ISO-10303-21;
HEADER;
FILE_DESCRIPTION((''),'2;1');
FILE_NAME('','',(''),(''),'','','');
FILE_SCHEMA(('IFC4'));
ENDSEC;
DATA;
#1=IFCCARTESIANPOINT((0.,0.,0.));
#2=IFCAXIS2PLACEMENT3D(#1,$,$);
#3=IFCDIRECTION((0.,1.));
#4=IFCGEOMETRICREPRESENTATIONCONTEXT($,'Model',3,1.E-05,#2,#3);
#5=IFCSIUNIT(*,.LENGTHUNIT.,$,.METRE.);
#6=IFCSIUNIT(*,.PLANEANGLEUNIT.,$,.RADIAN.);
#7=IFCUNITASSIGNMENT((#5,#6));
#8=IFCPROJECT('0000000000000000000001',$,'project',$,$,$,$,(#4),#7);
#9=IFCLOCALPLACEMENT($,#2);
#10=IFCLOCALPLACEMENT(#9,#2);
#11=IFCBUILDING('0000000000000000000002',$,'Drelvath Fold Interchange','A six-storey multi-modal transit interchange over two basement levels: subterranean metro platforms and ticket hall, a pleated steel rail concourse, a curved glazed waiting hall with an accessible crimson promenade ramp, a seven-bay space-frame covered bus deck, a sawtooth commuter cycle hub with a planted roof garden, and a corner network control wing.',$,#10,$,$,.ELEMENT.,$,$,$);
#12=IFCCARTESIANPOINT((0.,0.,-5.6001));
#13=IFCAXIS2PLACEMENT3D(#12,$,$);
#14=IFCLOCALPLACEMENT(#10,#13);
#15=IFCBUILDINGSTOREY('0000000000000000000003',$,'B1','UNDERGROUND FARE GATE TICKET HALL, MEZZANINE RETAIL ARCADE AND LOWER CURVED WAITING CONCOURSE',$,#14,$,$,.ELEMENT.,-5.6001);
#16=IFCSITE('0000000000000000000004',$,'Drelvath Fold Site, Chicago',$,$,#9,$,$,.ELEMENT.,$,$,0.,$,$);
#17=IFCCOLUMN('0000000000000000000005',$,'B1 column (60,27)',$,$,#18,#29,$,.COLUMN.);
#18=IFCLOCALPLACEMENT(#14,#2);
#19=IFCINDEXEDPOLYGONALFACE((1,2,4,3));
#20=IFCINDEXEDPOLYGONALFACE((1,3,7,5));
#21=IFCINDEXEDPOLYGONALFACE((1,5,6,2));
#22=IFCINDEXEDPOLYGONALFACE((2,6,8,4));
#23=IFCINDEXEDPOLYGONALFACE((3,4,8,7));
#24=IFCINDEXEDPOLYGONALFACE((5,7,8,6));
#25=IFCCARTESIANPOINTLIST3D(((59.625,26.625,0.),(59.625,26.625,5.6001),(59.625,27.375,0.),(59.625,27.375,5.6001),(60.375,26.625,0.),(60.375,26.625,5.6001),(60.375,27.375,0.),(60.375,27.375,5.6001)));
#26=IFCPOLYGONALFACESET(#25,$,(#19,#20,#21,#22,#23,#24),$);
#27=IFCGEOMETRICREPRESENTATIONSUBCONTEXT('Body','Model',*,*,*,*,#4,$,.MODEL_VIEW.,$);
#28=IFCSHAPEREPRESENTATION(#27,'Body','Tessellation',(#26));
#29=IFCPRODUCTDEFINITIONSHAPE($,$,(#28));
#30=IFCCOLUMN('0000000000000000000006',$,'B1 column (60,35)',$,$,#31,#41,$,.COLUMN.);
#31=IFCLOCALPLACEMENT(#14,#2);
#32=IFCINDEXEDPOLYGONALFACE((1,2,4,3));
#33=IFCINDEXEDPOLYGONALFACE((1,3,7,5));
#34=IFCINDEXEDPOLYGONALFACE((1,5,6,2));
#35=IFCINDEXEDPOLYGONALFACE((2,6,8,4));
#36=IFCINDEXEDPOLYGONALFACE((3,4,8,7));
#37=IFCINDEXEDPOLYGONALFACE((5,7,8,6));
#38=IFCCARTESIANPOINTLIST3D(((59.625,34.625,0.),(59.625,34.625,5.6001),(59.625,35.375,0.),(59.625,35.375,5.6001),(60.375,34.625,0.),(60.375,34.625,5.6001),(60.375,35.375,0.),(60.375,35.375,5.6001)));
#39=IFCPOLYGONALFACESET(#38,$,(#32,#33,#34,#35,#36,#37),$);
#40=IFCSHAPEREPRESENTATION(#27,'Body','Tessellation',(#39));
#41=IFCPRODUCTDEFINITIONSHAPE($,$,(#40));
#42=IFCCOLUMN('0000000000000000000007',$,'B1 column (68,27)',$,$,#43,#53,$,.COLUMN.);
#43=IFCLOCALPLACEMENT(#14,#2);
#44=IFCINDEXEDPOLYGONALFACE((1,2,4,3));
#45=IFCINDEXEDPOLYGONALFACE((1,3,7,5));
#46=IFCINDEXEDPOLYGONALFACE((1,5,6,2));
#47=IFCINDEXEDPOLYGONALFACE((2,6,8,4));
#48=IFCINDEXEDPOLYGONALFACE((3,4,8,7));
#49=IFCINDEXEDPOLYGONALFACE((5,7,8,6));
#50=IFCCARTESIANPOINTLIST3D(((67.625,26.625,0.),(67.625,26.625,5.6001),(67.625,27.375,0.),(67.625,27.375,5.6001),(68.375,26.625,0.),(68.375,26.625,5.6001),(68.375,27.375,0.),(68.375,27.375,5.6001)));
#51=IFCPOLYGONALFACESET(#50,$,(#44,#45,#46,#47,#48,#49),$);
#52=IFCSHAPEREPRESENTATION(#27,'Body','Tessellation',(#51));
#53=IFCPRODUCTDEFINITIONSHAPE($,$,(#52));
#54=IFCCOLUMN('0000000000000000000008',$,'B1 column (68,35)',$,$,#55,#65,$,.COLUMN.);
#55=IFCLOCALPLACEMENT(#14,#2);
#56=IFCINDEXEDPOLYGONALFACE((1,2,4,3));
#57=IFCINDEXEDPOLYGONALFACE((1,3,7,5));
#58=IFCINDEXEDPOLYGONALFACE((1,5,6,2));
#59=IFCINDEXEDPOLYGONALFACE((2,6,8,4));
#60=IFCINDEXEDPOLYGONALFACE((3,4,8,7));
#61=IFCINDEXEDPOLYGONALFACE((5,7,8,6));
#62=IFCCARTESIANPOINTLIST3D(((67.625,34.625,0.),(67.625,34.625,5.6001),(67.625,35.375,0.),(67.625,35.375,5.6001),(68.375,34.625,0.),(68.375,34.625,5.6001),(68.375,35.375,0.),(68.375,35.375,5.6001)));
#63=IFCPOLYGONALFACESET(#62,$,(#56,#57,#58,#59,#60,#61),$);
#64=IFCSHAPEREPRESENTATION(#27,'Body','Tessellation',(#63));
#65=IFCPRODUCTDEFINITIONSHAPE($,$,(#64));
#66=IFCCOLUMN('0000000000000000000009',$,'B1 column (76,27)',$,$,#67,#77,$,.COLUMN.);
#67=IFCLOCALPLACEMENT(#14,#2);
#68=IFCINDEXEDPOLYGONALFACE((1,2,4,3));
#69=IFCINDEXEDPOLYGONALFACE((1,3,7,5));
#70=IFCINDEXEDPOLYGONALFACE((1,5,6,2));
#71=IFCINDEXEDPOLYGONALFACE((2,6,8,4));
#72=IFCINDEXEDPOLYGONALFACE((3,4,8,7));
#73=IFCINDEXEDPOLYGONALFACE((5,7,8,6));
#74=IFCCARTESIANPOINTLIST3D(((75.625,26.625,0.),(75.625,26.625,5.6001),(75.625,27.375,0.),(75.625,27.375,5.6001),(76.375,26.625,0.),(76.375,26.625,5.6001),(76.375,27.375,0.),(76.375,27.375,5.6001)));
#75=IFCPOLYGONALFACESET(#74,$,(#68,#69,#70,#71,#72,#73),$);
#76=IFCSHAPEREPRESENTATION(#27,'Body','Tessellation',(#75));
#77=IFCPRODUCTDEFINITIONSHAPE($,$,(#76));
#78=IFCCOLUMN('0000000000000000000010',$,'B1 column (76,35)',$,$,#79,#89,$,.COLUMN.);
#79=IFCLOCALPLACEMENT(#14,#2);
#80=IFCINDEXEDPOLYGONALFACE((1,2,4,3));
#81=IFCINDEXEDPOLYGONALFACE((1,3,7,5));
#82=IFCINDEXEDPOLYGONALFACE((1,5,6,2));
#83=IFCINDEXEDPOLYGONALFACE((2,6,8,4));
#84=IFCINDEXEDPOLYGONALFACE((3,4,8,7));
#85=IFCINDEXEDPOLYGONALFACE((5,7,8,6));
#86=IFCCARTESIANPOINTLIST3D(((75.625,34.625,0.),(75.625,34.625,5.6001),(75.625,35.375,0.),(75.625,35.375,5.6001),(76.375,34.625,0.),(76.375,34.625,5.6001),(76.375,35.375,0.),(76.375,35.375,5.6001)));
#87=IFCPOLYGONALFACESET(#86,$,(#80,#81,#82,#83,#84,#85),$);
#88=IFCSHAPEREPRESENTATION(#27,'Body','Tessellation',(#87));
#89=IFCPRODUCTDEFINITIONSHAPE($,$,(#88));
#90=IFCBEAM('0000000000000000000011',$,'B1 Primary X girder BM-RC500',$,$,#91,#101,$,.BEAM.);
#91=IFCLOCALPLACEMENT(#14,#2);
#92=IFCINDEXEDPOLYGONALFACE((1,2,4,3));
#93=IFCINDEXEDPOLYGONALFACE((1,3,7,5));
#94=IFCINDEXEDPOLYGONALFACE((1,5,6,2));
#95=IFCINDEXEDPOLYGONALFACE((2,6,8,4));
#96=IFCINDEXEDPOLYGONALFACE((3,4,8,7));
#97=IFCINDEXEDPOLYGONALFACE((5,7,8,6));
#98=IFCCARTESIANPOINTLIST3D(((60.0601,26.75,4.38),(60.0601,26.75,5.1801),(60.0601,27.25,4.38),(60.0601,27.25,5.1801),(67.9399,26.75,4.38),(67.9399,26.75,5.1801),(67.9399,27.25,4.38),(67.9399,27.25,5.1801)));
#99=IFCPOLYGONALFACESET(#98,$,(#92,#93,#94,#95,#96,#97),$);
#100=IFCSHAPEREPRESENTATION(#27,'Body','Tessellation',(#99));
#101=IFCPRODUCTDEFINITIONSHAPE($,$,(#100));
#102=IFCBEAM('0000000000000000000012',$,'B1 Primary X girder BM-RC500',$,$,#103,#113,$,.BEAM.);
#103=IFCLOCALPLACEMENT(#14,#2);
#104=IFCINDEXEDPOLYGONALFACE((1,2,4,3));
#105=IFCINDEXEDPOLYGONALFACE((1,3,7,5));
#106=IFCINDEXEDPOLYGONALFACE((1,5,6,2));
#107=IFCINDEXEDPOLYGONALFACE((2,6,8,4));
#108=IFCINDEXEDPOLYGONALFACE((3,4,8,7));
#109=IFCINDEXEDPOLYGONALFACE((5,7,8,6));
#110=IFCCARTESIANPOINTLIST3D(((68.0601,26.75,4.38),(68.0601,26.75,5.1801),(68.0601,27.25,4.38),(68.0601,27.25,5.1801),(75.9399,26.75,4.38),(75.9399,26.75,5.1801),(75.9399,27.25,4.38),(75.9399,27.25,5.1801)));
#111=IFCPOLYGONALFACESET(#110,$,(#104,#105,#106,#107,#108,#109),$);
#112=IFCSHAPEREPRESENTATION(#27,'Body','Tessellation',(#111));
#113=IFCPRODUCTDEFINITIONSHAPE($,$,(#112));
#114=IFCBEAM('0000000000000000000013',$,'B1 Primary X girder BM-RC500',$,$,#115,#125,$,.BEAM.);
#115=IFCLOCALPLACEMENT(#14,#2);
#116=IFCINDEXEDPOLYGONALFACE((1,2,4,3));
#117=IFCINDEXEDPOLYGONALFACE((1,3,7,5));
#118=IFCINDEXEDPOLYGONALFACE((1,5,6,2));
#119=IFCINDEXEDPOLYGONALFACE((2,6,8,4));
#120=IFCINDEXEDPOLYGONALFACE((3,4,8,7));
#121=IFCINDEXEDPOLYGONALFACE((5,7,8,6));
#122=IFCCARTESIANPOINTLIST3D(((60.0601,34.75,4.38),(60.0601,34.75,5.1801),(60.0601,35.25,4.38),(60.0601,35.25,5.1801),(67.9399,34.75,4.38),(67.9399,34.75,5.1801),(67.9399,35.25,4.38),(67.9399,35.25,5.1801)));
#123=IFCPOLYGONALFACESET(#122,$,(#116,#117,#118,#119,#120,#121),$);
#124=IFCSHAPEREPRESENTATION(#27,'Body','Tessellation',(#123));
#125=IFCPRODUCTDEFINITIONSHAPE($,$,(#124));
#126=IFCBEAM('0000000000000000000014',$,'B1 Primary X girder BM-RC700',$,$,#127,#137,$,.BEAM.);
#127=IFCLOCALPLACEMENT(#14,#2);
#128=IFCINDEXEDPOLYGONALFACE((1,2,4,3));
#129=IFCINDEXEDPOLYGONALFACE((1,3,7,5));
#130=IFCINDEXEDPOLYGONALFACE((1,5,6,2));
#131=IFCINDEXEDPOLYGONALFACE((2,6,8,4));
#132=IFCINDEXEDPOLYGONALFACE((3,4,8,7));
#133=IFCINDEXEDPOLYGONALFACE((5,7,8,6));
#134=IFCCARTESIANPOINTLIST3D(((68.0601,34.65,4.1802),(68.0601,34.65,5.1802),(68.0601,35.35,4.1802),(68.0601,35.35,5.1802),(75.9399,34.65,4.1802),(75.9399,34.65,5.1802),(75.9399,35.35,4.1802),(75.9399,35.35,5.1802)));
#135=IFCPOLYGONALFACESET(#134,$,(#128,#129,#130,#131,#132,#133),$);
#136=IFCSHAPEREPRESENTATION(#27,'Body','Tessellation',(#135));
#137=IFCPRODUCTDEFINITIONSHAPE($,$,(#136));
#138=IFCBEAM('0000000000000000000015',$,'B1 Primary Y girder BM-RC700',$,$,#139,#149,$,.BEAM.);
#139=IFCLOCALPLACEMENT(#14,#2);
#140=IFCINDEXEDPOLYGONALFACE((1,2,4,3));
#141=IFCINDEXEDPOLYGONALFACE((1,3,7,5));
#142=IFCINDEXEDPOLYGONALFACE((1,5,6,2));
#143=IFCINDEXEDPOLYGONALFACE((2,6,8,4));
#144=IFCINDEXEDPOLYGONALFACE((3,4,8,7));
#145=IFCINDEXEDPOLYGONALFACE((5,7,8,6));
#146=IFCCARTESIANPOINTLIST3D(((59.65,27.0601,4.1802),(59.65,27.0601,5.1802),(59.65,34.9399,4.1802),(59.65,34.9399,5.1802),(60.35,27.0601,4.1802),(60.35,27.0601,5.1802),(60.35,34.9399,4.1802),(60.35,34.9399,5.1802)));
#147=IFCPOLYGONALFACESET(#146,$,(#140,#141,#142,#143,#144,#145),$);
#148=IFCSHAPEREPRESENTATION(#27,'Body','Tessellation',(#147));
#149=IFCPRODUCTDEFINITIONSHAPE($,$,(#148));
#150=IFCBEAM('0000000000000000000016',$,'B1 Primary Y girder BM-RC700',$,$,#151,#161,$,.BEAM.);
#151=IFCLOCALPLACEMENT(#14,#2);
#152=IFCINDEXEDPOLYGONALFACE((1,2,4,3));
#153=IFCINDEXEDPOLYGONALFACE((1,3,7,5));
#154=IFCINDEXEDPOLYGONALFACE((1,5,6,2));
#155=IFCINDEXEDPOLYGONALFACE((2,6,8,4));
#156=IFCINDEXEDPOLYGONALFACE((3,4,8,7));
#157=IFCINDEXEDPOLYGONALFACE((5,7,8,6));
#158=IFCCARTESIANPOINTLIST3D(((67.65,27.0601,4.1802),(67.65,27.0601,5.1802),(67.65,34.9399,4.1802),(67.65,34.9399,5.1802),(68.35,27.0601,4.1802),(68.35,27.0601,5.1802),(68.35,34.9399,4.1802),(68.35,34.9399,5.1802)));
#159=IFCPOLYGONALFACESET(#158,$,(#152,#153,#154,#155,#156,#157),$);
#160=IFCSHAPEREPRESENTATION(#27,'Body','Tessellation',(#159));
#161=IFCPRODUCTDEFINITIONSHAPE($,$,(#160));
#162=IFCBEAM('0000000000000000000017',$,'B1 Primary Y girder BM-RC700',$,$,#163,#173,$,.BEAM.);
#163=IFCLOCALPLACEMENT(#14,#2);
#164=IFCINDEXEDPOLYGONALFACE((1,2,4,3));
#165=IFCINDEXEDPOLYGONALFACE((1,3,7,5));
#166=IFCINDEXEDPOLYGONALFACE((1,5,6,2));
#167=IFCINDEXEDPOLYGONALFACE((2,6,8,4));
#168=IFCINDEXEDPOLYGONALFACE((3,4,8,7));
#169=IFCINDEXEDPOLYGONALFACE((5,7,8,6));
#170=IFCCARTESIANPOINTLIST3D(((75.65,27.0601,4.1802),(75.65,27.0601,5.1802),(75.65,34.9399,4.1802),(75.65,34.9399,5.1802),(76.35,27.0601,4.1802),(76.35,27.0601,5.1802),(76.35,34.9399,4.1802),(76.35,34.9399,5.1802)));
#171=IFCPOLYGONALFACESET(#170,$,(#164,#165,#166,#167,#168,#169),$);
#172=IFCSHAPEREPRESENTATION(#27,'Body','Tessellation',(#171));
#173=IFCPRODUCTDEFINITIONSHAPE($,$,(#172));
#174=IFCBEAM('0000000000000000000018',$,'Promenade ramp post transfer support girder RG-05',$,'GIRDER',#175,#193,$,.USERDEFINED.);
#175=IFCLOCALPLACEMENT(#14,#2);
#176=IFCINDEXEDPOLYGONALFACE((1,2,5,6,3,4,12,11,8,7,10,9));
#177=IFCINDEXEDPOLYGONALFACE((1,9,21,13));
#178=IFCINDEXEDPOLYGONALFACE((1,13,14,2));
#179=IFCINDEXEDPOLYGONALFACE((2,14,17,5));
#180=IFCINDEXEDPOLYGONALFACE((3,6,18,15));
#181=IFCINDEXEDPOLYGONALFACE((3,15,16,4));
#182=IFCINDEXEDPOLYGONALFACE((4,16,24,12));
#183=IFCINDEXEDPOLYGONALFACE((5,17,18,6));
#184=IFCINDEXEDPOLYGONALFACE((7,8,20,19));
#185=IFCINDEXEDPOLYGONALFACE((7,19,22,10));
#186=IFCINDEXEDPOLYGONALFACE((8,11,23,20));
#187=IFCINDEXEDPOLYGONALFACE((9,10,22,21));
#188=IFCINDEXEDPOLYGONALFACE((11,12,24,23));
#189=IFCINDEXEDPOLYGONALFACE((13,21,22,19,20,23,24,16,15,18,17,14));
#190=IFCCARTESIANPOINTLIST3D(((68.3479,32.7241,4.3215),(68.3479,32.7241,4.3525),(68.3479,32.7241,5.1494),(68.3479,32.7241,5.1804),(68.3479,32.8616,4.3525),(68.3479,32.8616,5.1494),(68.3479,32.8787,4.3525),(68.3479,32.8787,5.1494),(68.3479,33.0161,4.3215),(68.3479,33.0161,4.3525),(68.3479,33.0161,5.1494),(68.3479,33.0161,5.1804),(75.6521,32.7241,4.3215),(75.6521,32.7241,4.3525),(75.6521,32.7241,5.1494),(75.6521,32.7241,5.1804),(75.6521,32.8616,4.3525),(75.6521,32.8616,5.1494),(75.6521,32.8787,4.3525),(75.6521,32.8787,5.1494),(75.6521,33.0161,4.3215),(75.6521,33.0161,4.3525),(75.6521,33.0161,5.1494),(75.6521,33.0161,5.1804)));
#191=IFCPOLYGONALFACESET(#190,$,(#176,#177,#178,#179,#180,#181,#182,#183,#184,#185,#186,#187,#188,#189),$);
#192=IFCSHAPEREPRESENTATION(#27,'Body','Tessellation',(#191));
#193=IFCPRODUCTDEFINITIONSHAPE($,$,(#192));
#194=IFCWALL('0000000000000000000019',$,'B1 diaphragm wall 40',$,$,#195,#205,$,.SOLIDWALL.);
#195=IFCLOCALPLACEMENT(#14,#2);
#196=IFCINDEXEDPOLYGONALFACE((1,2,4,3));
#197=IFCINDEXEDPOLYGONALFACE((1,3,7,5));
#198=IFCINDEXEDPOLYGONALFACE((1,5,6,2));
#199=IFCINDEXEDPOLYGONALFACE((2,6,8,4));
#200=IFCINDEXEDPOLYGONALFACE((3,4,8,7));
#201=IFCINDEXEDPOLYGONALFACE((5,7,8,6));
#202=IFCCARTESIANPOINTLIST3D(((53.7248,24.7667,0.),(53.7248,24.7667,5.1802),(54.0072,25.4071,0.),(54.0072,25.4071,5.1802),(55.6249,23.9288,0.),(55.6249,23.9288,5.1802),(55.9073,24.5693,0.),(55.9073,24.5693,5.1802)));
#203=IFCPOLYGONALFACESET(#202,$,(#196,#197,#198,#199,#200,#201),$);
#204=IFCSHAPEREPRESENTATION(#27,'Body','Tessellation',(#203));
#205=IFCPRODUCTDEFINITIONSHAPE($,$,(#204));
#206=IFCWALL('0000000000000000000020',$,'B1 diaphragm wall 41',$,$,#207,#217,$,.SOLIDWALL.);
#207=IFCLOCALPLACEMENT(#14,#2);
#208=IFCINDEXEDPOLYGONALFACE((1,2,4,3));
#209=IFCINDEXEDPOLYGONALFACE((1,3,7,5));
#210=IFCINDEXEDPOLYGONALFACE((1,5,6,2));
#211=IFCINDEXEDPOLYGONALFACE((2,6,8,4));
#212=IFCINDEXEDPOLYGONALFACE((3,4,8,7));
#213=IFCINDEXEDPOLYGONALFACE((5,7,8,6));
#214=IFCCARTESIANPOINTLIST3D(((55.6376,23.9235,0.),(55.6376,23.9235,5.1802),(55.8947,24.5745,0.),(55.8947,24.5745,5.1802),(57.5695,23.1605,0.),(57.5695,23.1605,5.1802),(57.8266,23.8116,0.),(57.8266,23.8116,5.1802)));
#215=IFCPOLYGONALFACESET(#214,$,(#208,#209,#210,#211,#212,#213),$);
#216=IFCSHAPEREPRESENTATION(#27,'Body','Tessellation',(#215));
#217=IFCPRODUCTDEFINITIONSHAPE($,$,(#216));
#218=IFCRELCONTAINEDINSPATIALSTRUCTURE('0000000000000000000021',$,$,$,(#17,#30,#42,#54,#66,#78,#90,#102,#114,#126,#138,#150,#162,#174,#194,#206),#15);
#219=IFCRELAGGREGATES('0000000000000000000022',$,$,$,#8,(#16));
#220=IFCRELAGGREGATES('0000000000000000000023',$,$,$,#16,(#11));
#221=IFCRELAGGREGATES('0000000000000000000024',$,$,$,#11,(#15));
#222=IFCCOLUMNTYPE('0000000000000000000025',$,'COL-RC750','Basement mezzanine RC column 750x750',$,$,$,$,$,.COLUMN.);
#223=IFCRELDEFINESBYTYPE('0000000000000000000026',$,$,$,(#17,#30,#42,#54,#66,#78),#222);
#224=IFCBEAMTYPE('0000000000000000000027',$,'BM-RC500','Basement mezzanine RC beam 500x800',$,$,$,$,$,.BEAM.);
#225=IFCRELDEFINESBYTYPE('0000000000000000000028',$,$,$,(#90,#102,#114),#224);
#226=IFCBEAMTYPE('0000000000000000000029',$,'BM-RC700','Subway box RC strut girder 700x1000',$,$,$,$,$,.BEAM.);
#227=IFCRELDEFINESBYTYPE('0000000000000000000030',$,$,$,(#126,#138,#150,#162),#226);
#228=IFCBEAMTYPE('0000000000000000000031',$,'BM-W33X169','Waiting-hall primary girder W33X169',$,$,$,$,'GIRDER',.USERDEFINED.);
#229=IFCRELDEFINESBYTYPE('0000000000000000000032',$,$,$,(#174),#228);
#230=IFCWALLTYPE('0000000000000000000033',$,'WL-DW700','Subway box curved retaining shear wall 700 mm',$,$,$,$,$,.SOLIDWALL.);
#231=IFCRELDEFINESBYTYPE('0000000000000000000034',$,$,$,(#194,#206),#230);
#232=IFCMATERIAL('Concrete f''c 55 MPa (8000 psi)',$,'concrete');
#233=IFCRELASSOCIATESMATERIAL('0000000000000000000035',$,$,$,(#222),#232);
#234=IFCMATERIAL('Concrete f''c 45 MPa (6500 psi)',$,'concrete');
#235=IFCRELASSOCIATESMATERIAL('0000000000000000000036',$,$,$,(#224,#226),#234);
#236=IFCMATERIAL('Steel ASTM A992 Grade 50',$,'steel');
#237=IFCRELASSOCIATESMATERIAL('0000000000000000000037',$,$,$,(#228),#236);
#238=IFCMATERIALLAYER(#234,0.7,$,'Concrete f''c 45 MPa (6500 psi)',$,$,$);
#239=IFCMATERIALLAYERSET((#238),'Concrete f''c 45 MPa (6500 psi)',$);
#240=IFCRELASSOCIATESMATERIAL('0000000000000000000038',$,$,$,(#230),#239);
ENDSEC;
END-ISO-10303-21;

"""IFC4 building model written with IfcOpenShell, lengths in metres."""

from ifc_helpers import new_model, si_unit, direction, frame, frame_2d, origin, origin_2d, place, context, subcontext, project, spatial, rectangle, i_section, extrude, material, layer, layer_set, material_profile, profile_set, type_object, element, save


model = new_model("IFC4")

# Units and contexts
model_context = context("Model", 3, precision=1e-05, world=origin(), true_north=direction((0.0, 1.0)))
body_context = subcontext(model_context, "Body", "Model", "MODEL_VIEW")
ifc_project = project(units=[si_unit("LENGTHUNIT", "METRE"), si_unit("PLANEANGLEUNIT", "RADIAN")], contexts=[model_context])

# Site, building, storey
site_placement = place(None, origin())
site = spatial("IfcSite", under=ifc_project, at=site_placement, Name="Drelvath Fold Site, Chicago", CompositionType="ELEMENT", RefElevation=0.0)
building_placement = place(site_placement, origin())
building = spatial("IfcBuilding", under=site, at=building_placement, Name="Drelvath Fold Interchange", Description="A six-storey multi-modal transit interchange over two basement levels: subterranean metro platforms and ticket hall, a pleated steel rail concourse, a curved glazed waiting hall with an accessible crimson promenade ramp, a seven-bay space-frame covered bus deck, a sawtooth commuter cycle hub with a planted roof garden, and a corner network control wing.", CompositionType="ELEMENT")
storey_placement = place(building_placement, frame((0.0, 0.0, -5.6001)))
storey = spatial("IfcBuildingStorey", under=building, at=storey_placement, Name="B1", Description="UNDERGROUND FARE GATE TICKET HALL, MEZZANINE RETAIL ARCADE AND LOWER CURVED WAITING CONCOURSE", CompositionType="ELEMENT", Elevation=-5.6001)

# Columns
ifc_material_1 = material(Name="Concrete f'c 55 MPa (8000 psi)", Category="concrete")
ifc_material_profile_1 = material_profile(ifc_material_1, rectangle(XDim=0.75, YDim=0.75, at=origin_2d()), Name="RC 750x750")
ifc_profile_set_1 = profile_set([ifc_material_profile_1], Name="Concrete f'c 55 MPa (8000 psi)")
column_type = type_object("IfcColumnType", Name="COL-RC750", Description="Basement mezzanine RC column 750x750", PredefinedType="COLUMN", material=ifc_profile_set_1)
for number, where, z_axis, x_axis, name in (
    (1, (60.0, 27.0, 0.0), (0.0, 0.0, 1.0), (1.0, 0.0, 0.0), "B1 column (60,27)"),
    (2, (60.0, 35.0, 0.0), (0.0, 0.0, 1.0), (1.0, 0.0, 0.0), "B1 column (60,35)"),
    (3, (68.0, 27.0, 0.0), (0.0, 0.0, 1.0), (1.0, 0.0, 0.0), "B1 column (68,27)"),
    (4, (68.0, 35.0, 0.0), (0.0, 0.0, 1.0), (1.0, 0.0, 0.0), "B1 column (68,35)"),
    (5, (76.0, 27.0, 0.0), (0.0, 0.0, 1.0), (1.0, 0.0, 0.0), "B1 column (76,27)"),
    (6, (76.0, 35.0, 0.0), (0.0, 0.0, 1.0), (1.0, 0.0, 0.0), "B1 column (76,35)"),
):
    element("IfcColumn", number, at=place(storey_placement, frame(where, z_axis=z_axis, x_axis=x_axis)), inside=storey, type_object=column_type, Name=name, PredefinedType="COLUMN", context=body_context, shape_type="SweptSolid", body=[
        extrude(rectangle(XDim=0.75, YDim=0.75, at=origin_2d()), origin(), (0.0, 0.0, 1.0), 5.6001),
    ])

# Beams
ifc_material_2 = material(Name="Concrete f'c 45 MPa (6500 psi)", Category="concrete")
ifc_material_profile_2 = material_profile(ifc_material_2, rectangle(XDim=0.5, YDim=0.8, at=origin_2d()), Name="RC 500x800")
ifc_profile_set_2 = profile_set([ifc_material_profile_2], Name="Concrete f'c 45 MPa (6500 psi)")
beam_type_1 = type_object("IfcBeamType", Name="BM-RC500", Description="Basement mezzanine RC beam 500x800", PredefinedType="BEAM", material=ifc_profile_set_2)
for number, where, z_axis, x_axis, name in (
    (7, (60.0601, 27.0, 4.78), (1.0, 0.0, 0.0), (0.0, 1.0, 0.0), "B1 Primary X girder BM-RC500"),
    (8, (68.0601, 27.0, 4.78), (1.0, 0.0, 0.0), (0.0, 1.0, 0.0), "B1 Primary X girder BM-RC500"),
    (9, (60.0601, 35.0, 4.78), (1.0, 0.0, 0.0), (0.0, 1.0, 0.0), "B1 Primary X girder BM-RC500"),
):
    element("IfcBeam", number, at=place(storey_placement, frame(where, z_axis=z_axis, x_axis=x_axis)), inside=storey, type_object=beam_type_1, Name=name, PredefinedType="BEAM", context=body_context, shape_type="SweptSolid", body=[
        extrude(rectangle(XDim=0.5, YDim=0.8, at=origin_2d()), origin(), (0.0, 0.0, 1.0), 7.8799),
    ])
ifc_material_profile_3 = material_profile(ifc_material_2, rectangle(XDim=0.7, YDim=1.0, at=origin_2d()), Name="RC 700x1000")
ifc_profile_set_3 = profile_set([ifc_material_profile_3], Name="Concrete f'c 45 MPa (6500 psi)")
beam_type_2 = type_object("IfcBeamType", Name="BM-RC700", Description="Subway box RC strut girder 700x1000", PredefinedType="BEAM", material=ifc_profile_set_3)
for number, where, z_axis, x_axis, name in (
    (10, (68.0601, 35.0, 4.6802), (1.0, 0.0, 0.0), (0.0, 1.0, 0.0), "B1 Primary X girder BM-RC700"),
    (11, (60.0, 27.0601, 4.6802), (0.0, 1.0, 0.0), (-1.0, 0.0, 0.0), "B1 Primary Y girder BM-RC700"),
    (12, (68.0, 27.0601, 4.6802), (0.0, 1.0, 0.0), (-1.0, 0.0, 0.0), "B1 Primary Y girder BM-RC700"),
    (13, (76.0, 27.0601, 4.6802), (0.0, 1.0, 0.0), (-1.0, 0.0, 0.0), "B1 Primary Y girder BM-RC700"),
):
    element("IfcBeam", number, at=place(storey_placement, frame(where, z_axis=z_axis, x_axis=x_axis)), inside=storey, type_object=beam_type_2, Name=name, PredefinedType="BEAM", context=body_context, shape_type="SweptSolid", body=[
        extrude(rectangle(XDim=0.7, YDim=1.0, at=origin_2d()), origin(), (0.0, 0.0, 1.0), 7.8799),
    ])
ifc_material_3 = material(Name="Steel ASTM A992 Grade 50", Category="steel")
ifc_material_profile_4 = material_profile(ifc_material_3, i_section(OverallWidth=0.292, OverallDepth=0.8589, WebThickness=0.0171, FlangeThickness=0.031, at=origin_2d()), Name="W33X169")
ifc_profile_set_4 = profile_set([ifc_material_profile_4], Name="Steel ASTM A992 Grade 50")
beam_type_3 = type_object("IfcBeamType", Name="BM-W33X169", Description="Waiting-hall primary girder W33X169", ElementType="GIRDER", PredefinedType="USERDEFINED", material=ifc_profile_set_4)
beam_placement = place(storey_placement, frame((68.3479, 32.8701, 4.751), z_axis=(1.0, 0.0, 0.0), x_axis=(0.0, 1.0, 0.0)))
element("IfcBeam", 14, at=beam_placement, inside=storey, type_object=beam_type_3, Name="Promenade ramp post transfer support girder RG-05", ObjectType="GIRDER", PredefinedType="USERDEFINED", context=body_context, shape_type="SweptSolid", body=[
    extrude(i_section(OverallWidth=0.292, OverallDepth=0.8589, WebThickness=0.0171, FlangeThickness=0.031, at=origin_2d()), origin(), (0.0, 0.0, 1.0), 7.3042),
])

# Walls
ifc_layer = layer(ifc_material_2, 0.7, Name="Concrete f'c 45 MPa (6500 psi)")
ifc_layer_set = layer_set([ifc_layer], Name="Concrete f'c 45 MPa (6500 psi)")
wall_type = type_object("IfcWallType", Name="WL-DW700", Description="Subway box curved retaining shear wall 700 mm", PredefinedType="SOLIDWALL", material=ifc_layer_set)
wall_1_placement = place(storey_placement, frame((53.866, 25.0869, 0.0), z_axis=(0.0, 0.0, 1.0), x_axis=(0.914991, -0.403475, 0.0)))
element("IfcWall", 15, at=wall_1_placement, inside=storey, type_object=wall_type, Name="B1 diaphragm wall 40", PredefinedType="SOLIDWALL", context=body_context, shape_type="SweptSolid", body=[
    extrude(rectangle(XDim=2.0767, YDim=0.7, at=frame_2d((1.0383, 0.0))), origin(), (0.0, 0.0, 1.0), 5.1802),
])
for number, where, z_axis, x_axis, name in (
    (16, (55.7661, 24.249, 0.0), (0.0, 0.0, 1.0), (0.930097, -0.367314, 0.0), "B1 diaphragm wall 41"),
):
    element("IfcWall", number, at=place(storey_placement, frame(where, z_axis=z_axis, x_axis=x_axis)), inside=storey, type_object=wall_type, Name=name, PredefinedType="SOLIDWALL", context=body_context, shape_type="SweptSolid", body=[
        extrude(rectangle(XDim=2.0771, YDim=0.7, at=frame_2d((1.0386, 0.0))), origin(), (0.0, 0.0, 1.0), 5.1802),
    ])

save(model, "model.ifc")
